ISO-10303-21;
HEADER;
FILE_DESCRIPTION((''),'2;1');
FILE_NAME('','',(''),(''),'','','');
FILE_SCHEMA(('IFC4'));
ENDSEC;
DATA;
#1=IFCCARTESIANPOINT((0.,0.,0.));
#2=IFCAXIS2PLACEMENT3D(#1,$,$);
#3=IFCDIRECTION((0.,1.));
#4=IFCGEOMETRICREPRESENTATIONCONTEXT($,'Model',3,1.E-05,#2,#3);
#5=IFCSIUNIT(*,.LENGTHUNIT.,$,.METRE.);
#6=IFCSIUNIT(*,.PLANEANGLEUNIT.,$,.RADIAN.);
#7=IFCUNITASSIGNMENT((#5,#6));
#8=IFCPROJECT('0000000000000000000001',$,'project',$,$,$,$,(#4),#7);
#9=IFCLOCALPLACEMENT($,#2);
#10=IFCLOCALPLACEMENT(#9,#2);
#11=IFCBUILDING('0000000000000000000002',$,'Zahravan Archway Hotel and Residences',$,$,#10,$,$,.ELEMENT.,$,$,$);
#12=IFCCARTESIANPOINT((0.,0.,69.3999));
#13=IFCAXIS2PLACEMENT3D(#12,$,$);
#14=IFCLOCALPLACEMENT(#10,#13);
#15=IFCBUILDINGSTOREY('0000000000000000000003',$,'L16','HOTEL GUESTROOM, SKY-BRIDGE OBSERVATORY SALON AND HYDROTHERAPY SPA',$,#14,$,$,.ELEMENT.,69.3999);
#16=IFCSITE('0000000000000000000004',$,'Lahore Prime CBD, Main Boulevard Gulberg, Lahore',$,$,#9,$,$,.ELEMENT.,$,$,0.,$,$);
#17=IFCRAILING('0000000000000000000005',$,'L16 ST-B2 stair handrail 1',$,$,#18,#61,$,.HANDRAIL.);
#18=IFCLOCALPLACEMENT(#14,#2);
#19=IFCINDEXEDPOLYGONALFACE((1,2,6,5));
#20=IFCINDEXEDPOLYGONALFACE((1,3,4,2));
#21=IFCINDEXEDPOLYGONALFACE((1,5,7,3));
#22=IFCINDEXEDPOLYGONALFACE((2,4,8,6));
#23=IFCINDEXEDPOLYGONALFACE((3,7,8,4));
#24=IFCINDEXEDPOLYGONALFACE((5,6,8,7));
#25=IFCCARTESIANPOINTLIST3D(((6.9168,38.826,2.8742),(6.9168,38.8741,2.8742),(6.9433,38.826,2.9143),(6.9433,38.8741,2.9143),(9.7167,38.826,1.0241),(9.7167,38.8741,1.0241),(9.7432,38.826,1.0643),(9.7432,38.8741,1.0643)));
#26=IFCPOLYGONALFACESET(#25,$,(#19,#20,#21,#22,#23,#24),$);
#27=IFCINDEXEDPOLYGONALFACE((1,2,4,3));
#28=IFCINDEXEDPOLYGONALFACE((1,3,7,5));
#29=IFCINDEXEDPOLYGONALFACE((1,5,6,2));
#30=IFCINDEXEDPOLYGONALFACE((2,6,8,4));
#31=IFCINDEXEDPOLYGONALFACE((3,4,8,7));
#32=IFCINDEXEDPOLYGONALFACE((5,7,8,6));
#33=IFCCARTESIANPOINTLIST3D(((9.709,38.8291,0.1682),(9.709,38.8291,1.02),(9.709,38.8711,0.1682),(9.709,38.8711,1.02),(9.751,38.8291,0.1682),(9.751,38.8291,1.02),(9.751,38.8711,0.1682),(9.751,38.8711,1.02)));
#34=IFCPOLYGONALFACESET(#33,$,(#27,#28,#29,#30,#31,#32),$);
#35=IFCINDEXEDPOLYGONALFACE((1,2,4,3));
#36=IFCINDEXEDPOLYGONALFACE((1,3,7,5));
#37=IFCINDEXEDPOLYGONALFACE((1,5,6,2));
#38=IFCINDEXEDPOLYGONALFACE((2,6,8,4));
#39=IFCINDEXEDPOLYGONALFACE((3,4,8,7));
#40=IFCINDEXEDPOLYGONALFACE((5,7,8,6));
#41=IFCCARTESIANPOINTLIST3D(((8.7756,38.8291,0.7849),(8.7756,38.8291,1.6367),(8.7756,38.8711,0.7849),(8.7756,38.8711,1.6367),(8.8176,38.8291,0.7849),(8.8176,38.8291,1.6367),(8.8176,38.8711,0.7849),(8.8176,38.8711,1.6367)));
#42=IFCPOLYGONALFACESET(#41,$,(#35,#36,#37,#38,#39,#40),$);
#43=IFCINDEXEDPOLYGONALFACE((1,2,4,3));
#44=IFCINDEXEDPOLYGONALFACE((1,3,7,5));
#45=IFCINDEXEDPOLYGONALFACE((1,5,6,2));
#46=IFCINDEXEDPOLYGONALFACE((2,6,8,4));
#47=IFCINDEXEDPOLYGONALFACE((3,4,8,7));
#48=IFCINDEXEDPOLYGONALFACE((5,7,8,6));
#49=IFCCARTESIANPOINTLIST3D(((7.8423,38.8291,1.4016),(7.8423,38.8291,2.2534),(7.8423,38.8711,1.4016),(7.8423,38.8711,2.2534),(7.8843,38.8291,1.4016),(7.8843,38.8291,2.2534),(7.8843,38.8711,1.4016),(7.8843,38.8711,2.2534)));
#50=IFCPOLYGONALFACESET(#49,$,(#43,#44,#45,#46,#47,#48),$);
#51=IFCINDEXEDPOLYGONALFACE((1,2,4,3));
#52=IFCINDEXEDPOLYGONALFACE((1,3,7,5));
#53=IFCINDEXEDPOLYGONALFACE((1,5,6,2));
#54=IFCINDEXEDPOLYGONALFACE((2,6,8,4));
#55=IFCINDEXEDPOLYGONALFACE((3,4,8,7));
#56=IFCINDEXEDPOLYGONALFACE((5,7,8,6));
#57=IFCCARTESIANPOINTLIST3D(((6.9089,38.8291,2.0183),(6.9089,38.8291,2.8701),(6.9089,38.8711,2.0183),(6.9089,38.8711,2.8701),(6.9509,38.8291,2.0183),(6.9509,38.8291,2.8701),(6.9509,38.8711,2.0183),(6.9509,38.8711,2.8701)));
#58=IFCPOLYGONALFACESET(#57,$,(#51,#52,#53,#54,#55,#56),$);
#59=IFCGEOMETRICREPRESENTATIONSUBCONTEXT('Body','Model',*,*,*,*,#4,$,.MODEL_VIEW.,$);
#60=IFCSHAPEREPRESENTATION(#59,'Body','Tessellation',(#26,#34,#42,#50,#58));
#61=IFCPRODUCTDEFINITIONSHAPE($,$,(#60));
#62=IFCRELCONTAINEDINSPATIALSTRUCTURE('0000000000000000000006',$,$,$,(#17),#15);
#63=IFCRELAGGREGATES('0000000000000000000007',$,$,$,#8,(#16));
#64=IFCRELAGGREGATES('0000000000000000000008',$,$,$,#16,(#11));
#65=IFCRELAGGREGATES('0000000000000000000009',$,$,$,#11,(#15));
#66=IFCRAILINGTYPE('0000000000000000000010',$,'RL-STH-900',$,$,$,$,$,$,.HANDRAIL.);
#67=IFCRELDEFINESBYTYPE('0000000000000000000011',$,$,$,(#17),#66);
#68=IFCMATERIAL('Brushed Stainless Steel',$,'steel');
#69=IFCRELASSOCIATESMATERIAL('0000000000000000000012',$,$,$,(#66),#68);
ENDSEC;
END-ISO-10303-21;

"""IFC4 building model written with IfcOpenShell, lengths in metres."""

from ifc_helpers import new_model, si_unit, direction, frame, origin, origin_2d, place, context, subcontext, project, spatial, rectangle, extrude, material, type_object, element, save


model = new_model("IFC4")

# Units and contexts
model_context = context("Model", 3, precision=1e-05, world=origin(), true_north=direction((0.0, 1.0)))
body_context = subcontext(model_context, "Body", "Model", "MODEL_VIEW")
ifc_project = project(units=[si_unit("LENGTHUNIT", "METRE"), si_unit("PLANEANGLEUNIT", "RADIAN")], contexts=[model_context])

# Site, building, storey
site_placement = place(None, origin())
site = spatial("IfcSite", under=ifc_project, at=site_placement, Name="Lahore Prime CBD, Main Boulevard Gulberg, Lahore", CompositionType="ELEMENT", RefElevation=0.0)
building_placement = place(site_placement, origin())
building = spatial("IfcBuilding", under=site, at=building_placement, Name="Zahravan Archway Hotel and Residences", CompositionType="ELEMENT")
storey_placement = place(building_placement, frame((0.0, 0.0, 69.3999)))
storey = spatial("IfcBuildingStorey", under=building, at=storey_placement, Name="L16", Description="HOTEL GUESTROOM, SKY-BRIDGE OBSERVATORY SALON AND HYDROTHERAPY SPA", CompositionType="ELEMENT", Elevation=69.3999)

# Railing
ifc_material_1 = material(Name="Brushed Stainless Steel", Category="steel")
railing_type_1 = type_object("IfcRailingType", Name="RL-STH-900", PredefinedType="HANDRAIL", material=ifc_material_1)
railing_1_placement = place(storey_placement, frame((9.73, 38.8501, 0.1682)))
element("IfcRailing", 1, at=railing_1_placement, inside=storey, type_object=railing_type_1, Name="L16 ST-B2 stair handrail 1", PredefinedType="HANDRAIL", context=body_context, shape_type="SweptSolid", body=[
    extrude(rectangle(XDim=0.0481, YDim=0.0481, at=origin_2d()), frame((0.0, 0.0, 0.876), z_axis=(-0.834326, 0.0, 0.551271), x_axis=(0.0, -1.0, 0.0)), (0.0, 0.0, 1.0), 3.356),
    extrude(rectangle(XDim=0.042, YDim=0.042, at=origin_2d()), origin(), (0.0, 0.0, 1.0), 0.8518),
    extrude(rectangle(XDim=0.042, YDim=0.042, at=origin_2d()), frame((-0.9333, 0.0, 0.6167)), (0.0, 0.0, 1.0), 0.8518),
    extrude(rectangle(XDim=0.042, YDim=0.042, at=origin_2d()), frame((-1.8667, 0.0, 1.2334)), (0.0, 0.0, 1.0), 0.8518),
    extrude(rectangle(XDim=0.042, YDim=0.042, at=origin_2d()), frame((-2.8, 0.0, 1.8501)), (0.0, 0.0, 1.0), 0.8518),
])

save(model, "model.ifc")
